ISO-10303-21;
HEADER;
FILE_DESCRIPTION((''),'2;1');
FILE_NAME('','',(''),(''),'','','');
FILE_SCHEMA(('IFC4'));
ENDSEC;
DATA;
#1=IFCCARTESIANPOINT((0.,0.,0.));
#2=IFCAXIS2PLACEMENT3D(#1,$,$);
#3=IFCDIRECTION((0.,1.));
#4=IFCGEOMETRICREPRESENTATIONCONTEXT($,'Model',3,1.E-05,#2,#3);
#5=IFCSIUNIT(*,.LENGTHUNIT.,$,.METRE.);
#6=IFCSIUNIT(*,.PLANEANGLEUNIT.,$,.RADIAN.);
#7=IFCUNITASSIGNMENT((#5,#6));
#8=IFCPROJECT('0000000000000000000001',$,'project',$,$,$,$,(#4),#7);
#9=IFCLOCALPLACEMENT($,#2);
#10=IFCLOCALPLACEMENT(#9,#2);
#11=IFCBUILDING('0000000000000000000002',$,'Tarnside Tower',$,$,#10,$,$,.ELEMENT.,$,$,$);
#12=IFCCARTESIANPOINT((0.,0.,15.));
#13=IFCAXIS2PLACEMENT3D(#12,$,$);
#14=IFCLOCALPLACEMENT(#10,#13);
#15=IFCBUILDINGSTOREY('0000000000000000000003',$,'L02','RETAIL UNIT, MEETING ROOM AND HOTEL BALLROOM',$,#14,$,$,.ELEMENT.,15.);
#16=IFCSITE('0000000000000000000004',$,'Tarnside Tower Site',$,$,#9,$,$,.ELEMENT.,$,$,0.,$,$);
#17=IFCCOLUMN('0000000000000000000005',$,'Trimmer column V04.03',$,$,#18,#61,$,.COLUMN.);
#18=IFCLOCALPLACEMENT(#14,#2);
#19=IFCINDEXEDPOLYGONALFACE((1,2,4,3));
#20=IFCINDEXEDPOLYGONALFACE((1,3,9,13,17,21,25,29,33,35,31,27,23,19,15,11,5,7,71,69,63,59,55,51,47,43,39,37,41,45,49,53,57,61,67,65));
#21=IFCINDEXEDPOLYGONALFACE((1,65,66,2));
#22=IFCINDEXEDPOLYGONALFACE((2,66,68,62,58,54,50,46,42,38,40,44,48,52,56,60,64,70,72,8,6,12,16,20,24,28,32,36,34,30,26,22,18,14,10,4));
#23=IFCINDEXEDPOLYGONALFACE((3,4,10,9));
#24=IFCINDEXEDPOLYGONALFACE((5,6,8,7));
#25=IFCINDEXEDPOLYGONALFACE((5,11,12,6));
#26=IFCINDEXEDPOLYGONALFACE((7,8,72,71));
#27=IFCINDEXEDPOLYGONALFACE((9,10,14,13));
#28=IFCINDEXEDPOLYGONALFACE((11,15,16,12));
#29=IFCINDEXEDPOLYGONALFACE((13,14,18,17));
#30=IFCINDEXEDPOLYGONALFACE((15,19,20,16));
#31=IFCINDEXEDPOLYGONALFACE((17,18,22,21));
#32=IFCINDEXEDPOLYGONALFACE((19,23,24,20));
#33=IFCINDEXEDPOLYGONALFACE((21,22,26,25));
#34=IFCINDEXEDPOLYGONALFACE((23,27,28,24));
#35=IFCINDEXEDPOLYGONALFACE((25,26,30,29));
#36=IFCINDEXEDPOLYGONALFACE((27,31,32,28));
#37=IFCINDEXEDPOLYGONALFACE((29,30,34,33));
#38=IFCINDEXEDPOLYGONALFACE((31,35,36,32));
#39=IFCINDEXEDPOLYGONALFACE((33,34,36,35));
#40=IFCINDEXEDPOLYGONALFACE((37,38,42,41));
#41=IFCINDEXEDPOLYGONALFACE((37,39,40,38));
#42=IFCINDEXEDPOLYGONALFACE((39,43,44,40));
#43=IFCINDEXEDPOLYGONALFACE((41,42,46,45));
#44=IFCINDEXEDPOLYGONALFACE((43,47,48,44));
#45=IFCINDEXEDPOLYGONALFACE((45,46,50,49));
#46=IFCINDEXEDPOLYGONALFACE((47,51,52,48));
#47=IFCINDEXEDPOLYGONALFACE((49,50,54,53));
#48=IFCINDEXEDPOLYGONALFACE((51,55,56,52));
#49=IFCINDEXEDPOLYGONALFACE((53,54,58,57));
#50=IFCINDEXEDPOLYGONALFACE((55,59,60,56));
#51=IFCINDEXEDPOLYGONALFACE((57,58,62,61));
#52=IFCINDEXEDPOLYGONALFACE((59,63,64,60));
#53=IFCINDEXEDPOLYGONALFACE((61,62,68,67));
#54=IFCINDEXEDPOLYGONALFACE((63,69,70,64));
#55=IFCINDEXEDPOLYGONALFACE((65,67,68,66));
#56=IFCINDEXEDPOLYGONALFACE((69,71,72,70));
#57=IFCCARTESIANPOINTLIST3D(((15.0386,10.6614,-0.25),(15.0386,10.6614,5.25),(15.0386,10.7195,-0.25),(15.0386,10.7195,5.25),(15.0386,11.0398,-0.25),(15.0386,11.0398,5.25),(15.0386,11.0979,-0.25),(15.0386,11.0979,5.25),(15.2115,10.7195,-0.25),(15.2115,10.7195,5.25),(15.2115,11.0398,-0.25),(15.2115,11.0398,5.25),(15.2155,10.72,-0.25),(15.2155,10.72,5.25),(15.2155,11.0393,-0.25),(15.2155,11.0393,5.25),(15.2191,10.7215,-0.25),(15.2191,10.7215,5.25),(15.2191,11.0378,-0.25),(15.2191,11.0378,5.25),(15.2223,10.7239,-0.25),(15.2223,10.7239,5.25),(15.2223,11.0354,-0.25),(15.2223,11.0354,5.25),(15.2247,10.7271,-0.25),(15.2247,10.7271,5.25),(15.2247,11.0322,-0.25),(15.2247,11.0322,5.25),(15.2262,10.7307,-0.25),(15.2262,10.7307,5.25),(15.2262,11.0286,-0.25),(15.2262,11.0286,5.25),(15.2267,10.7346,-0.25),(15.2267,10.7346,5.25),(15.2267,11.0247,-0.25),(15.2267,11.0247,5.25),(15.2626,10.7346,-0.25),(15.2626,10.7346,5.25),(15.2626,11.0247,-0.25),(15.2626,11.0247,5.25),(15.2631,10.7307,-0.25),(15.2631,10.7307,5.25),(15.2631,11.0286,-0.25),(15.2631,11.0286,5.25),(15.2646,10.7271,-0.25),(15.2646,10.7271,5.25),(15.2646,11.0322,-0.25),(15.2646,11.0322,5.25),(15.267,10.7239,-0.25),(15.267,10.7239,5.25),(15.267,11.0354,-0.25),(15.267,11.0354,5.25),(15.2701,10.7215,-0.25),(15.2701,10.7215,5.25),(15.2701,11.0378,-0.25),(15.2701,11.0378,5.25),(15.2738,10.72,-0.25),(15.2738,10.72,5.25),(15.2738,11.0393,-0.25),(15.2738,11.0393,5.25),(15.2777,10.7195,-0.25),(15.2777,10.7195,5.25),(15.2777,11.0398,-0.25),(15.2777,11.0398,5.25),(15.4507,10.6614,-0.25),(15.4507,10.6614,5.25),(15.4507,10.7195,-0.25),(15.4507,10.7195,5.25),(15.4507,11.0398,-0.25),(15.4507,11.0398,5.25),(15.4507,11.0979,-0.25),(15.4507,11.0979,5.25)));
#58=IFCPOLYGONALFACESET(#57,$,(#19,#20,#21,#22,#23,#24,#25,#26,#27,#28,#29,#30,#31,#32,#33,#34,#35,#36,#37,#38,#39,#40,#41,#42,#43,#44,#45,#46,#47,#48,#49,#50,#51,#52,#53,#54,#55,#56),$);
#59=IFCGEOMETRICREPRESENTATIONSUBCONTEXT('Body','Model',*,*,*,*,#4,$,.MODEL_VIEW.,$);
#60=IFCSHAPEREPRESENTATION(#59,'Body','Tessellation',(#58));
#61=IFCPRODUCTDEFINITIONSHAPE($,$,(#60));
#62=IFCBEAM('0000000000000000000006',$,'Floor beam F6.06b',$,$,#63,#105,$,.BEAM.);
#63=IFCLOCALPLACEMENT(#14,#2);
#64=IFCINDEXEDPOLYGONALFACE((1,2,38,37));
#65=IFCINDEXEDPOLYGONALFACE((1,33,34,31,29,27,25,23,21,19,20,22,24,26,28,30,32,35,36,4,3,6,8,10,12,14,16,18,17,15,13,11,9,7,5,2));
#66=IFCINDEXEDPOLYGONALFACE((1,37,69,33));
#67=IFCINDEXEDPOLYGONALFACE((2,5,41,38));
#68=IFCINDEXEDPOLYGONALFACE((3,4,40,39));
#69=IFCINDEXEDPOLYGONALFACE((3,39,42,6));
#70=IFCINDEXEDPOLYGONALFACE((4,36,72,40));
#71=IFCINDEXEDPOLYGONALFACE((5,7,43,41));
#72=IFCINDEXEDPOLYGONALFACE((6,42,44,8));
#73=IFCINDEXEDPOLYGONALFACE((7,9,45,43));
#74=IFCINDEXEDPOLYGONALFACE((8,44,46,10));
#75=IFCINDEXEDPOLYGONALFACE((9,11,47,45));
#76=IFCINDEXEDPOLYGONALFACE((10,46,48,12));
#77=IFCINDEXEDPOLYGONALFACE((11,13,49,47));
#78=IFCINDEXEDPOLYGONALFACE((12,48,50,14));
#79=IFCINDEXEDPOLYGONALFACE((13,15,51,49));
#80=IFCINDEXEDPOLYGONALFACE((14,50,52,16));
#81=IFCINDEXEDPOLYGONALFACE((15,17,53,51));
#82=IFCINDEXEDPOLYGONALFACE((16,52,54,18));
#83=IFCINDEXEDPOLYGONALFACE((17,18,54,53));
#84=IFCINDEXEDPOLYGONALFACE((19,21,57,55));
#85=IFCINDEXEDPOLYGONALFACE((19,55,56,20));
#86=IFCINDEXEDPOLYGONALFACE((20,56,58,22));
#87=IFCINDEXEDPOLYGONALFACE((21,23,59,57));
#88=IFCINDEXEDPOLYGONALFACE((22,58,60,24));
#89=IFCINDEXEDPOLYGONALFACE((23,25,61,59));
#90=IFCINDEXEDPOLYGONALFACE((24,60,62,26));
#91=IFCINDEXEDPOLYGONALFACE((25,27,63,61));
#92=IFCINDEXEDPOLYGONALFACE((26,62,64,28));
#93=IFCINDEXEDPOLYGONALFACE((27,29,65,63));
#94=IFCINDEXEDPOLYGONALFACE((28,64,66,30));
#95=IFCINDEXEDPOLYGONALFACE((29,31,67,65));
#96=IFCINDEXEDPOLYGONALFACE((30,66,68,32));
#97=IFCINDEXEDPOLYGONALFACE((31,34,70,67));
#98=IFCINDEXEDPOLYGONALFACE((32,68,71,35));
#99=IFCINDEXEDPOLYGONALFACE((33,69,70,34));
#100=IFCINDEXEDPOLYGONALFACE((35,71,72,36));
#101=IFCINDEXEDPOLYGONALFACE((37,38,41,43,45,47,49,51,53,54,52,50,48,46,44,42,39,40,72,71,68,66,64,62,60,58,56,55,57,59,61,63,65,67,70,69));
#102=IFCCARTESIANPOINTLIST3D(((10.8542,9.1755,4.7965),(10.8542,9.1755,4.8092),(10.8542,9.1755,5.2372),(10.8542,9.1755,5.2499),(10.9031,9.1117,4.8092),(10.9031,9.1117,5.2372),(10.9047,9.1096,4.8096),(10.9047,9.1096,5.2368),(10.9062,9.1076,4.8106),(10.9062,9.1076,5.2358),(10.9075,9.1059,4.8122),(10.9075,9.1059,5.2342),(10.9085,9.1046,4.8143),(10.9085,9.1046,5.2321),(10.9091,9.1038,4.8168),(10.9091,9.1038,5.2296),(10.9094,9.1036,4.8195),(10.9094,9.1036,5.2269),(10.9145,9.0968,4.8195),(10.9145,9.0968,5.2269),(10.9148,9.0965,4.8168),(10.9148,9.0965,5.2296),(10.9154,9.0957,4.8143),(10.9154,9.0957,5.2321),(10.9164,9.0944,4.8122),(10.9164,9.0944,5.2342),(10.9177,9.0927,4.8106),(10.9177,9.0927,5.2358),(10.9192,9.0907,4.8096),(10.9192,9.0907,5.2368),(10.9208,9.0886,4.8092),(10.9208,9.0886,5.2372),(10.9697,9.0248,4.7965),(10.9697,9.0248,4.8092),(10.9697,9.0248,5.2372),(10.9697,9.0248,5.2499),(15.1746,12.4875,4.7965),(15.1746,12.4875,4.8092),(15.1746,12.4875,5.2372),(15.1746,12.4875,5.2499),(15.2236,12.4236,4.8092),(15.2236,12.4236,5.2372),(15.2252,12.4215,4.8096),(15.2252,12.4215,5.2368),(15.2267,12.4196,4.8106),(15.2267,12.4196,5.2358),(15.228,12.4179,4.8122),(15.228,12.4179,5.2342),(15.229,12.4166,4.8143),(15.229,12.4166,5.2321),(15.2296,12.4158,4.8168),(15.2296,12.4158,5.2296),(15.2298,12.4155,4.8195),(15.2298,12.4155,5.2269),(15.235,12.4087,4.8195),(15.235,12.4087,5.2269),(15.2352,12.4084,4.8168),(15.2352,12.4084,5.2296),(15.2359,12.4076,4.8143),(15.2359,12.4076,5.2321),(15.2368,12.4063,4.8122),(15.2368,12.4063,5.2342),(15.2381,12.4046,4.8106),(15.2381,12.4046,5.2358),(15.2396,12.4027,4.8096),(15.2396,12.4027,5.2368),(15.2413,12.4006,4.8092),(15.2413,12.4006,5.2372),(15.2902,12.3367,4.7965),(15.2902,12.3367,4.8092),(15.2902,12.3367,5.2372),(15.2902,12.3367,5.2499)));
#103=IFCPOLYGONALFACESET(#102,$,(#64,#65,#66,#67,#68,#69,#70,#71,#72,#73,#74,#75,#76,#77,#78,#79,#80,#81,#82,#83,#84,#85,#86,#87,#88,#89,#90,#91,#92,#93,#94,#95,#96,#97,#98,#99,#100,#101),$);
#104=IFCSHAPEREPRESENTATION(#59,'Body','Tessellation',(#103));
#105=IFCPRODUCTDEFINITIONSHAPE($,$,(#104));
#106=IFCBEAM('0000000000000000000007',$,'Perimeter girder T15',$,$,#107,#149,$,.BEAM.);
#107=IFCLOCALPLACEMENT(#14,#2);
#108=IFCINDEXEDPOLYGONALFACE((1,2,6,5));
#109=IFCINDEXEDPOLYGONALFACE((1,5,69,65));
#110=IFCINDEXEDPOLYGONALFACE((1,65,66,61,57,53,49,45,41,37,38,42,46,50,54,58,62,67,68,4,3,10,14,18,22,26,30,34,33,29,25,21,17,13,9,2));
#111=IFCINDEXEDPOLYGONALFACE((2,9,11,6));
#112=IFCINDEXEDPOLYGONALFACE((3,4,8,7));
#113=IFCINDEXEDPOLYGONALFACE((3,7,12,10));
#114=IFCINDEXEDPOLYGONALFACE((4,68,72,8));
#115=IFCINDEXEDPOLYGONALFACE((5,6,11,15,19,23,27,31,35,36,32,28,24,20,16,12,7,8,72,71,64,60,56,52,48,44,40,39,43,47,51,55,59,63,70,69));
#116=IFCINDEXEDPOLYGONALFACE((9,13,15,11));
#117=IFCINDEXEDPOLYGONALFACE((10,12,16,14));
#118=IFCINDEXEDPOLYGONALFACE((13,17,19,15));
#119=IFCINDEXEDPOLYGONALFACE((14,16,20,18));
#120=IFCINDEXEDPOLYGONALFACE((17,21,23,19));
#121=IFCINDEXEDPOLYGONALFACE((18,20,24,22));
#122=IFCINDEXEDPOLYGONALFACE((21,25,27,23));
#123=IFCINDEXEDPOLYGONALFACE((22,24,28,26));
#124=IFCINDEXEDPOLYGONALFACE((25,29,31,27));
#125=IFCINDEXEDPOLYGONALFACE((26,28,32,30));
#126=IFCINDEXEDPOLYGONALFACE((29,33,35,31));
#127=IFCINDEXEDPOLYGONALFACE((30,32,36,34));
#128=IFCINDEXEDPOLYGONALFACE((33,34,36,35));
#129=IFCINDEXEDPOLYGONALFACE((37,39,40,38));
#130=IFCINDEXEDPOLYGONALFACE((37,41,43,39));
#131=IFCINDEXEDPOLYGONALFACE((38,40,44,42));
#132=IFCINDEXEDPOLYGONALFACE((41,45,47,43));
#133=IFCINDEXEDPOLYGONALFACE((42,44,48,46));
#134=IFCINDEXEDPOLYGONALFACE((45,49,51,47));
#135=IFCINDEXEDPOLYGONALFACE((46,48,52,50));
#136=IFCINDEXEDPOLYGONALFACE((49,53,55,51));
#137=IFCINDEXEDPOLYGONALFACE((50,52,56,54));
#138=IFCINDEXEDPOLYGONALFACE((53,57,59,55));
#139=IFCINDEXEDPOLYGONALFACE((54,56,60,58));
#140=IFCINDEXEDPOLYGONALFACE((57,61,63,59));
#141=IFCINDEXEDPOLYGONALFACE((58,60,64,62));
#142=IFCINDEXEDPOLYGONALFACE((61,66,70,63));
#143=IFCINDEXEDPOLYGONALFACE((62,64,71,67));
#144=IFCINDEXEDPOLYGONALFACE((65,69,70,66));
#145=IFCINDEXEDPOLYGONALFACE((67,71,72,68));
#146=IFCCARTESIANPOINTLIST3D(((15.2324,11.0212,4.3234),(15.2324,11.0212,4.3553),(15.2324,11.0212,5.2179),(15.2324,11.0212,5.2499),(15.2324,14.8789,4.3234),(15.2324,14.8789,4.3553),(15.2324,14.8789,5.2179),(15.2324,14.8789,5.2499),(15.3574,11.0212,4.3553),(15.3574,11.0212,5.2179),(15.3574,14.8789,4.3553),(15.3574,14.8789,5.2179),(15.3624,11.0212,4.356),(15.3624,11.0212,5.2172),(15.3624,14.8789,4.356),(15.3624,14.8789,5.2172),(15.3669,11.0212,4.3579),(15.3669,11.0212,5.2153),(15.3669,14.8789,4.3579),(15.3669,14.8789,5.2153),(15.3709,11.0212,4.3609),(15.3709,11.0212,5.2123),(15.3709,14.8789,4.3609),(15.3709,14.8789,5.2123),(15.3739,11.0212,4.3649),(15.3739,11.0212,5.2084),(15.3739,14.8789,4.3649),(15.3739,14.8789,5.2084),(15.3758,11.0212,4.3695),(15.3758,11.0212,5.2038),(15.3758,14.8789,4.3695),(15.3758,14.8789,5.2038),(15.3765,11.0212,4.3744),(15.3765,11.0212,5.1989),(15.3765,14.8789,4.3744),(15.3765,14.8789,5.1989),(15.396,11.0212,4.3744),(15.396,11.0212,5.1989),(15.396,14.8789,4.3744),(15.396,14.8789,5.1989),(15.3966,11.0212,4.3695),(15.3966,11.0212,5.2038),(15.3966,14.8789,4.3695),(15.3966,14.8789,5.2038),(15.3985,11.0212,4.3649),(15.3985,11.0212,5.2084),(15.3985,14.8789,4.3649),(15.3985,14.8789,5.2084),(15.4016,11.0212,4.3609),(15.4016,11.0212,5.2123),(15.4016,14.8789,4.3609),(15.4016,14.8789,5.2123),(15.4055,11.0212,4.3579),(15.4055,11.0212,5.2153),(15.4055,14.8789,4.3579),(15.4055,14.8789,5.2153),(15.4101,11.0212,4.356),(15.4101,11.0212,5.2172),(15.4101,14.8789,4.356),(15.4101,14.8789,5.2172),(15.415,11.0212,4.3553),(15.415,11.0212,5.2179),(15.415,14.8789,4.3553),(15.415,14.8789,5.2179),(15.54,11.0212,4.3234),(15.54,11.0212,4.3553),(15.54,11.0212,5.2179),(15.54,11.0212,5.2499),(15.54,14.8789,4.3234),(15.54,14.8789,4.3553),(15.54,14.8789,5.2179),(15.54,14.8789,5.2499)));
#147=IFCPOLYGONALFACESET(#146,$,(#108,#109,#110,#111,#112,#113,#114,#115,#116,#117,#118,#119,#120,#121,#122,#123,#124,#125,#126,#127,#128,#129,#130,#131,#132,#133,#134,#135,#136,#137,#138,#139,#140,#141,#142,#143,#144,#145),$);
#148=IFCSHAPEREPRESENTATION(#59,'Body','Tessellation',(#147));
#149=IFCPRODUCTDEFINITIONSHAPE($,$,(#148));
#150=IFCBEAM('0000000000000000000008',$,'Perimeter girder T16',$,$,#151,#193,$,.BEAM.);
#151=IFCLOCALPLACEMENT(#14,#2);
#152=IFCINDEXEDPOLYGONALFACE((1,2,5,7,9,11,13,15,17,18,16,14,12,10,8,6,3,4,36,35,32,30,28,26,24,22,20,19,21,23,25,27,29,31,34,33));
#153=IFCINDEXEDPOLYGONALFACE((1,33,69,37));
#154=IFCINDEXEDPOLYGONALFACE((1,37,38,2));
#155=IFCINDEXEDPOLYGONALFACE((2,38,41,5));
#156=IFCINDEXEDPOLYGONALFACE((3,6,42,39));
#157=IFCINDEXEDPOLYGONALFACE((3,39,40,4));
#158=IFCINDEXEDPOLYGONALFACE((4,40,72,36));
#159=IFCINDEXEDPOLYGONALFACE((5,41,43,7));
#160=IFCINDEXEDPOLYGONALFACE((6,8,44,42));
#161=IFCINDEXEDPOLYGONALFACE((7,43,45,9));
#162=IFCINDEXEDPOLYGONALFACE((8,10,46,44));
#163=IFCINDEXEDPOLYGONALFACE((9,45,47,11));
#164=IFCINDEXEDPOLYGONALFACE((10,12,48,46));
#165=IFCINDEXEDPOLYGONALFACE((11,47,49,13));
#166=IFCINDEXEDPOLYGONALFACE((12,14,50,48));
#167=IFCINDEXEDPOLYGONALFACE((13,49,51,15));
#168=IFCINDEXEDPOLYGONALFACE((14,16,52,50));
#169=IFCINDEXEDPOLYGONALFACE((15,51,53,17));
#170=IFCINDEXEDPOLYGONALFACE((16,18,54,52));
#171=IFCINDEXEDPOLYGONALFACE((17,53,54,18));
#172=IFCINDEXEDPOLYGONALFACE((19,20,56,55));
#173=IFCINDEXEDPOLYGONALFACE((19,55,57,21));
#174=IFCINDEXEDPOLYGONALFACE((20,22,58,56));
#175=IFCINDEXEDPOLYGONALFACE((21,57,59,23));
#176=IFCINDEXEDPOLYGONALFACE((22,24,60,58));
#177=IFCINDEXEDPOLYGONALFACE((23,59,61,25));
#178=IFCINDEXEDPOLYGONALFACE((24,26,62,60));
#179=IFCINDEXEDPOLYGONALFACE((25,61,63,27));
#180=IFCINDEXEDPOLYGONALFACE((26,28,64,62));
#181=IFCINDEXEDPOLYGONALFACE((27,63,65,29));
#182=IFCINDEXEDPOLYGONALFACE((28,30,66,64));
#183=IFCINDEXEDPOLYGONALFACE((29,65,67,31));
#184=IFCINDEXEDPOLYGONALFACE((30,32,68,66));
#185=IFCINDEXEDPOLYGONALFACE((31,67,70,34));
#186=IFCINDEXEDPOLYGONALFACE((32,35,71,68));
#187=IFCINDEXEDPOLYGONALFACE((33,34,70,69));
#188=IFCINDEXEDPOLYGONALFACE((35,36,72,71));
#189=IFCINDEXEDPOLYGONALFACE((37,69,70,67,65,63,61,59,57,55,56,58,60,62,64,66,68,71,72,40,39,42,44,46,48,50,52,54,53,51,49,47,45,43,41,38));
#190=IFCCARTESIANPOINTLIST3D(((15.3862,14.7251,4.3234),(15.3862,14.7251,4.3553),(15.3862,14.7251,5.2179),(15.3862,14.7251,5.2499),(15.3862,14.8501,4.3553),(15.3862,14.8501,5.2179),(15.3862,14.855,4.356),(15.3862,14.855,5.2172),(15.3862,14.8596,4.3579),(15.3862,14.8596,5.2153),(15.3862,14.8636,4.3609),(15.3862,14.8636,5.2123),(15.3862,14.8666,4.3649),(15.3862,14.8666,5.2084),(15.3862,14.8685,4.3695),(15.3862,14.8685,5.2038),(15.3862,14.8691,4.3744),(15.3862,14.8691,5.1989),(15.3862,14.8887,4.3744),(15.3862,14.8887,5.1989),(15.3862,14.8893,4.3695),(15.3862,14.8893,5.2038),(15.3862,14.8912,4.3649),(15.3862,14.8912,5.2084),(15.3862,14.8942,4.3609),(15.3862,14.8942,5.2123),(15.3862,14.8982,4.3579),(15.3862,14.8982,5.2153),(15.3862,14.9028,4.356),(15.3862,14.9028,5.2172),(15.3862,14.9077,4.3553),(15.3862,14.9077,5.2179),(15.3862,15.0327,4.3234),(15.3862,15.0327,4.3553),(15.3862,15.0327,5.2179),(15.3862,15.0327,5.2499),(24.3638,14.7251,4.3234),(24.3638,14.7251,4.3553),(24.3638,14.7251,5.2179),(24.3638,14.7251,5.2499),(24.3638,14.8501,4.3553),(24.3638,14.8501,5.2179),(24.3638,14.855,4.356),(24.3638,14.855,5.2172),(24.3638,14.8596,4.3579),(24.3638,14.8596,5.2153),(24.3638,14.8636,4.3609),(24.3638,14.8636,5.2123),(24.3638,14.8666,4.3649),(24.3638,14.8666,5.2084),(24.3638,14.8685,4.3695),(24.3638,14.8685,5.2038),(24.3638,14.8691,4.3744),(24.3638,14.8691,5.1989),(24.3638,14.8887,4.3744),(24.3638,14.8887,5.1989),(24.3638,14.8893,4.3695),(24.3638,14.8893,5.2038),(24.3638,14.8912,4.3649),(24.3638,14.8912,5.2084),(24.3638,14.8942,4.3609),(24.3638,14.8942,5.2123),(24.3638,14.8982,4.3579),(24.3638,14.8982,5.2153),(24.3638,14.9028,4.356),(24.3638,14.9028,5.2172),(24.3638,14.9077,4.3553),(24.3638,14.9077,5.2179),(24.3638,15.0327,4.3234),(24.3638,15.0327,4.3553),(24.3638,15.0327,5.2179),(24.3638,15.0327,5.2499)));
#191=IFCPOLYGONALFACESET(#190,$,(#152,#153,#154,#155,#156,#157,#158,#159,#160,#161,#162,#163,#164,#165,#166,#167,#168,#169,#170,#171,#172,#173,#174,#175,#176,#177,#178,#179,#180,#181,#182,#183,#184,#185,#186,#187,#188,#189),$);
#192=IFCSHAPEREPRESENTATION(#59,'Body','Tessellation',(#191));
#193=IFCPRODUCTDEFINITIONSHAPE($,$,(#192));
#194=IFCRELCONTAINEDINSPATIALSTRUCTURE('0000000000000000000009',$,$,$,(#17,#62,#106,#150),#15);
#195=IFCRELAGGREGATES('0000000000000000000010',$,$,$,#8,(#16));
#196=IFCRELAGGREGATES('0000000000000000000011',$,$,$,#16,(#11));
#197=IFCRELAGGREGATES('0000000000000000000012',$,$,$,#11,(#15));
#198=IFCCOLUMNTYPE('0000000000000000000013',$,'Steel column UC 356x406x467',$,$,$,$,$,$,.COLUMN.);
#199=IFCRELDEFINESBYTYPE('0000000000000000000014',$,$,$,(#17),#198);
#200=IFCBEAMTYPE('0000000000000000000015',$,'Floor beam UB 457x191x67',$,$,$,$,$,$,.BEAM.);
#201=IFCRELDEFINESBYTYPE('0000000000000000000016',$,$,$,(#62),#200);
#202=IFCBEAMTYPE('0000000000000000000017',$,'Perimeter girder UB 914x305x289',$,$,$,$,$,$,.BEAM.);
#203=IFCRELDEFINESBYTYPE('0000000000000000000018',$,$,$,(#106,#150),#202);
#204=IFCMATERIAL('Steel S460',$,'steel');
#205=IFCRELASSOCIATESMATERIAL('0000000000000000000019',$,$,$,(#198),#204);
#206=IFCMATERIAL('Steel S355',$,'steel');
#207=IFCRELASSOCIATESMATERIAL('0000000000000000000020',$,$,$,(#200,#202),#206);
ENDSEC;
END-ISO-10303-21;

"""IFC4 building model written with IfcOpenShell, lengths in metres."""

from ifc_helpers import new_model, si_unit, direction, frame, origin, origin_2d, place, context, subcontext, project, spatial, i_section, extrude, material, material_profile, profile_set, type_object, element, save


model = new_model("IFC4")

# Units and contexts
model_context = context("Model", 3, precision=1e-05, world=origin(), true_north=direction((0.0, 1.0)))
body_context = subcontext(model_context, "Body", "Model", "MODEL_VIEW")
ifc_project = project(units=[si_unit("LENGTHUNIT", "METRE"), si_unit("PLANEANGLEUNIT", "RADIAN")], contexts=[model_context])

# Site, building, storey
site_placement = place(None, origin())
site = spatial("IfcSite", under=ifc_project, at=site_placement, Name="Tarnside Tower Site", CompositionType="ELEMENT", RefElevation=0.0)
building_placement = place(site_placement, origin())
building = spatial("IfcBuilding", under=site, at=building_placement, Name="Tarnside Tower", CompositionType="ELEMENT")
storey_placement = place(building_placement, frame((0.0, 0.0, 15.0)))
storey = spatial("IfcBuildingStorey", under=building, at=storey_placement, Name="L02", Description="RETAIL UNIT, MEETING ROOM AND HOTEL BALLROOM", CompositionType="ELEMENT", Elevation=15.0)

# Column
ifc_material_1 = material(Name="Steel S460", Category="steel")
ifc_material_profile_1 = material_profile(ifc_material_1, i_section(OverallWidth=0.4121, OverallDepth=0.4365, WebThickness=0.0359, FlangeThickness=0.0581, FilletRadius=0.0151, at=origin_2d()), Name="UC 356x406x467")
ifc_profile_set_1 = profile_set([ifc_material_profile_1], Name="Steel S460")
column_type = type_object("IfcColumnType", Name="Steel column UC 356x406x467", PredefinedType="COLUMN", material=ifc_profile_set_1)
column_placement = place(storey_placement, frame((15.2446, 10.8796, -0.25), z_axis=(0.0, 0.0, 1.0), x_axis=(1.0, 0.0, 0.0)))
element("IfcColumn", 1, at=column_placement, inside=storey, type_object=column_type, Name="Trimmer column V04.03", PredefinedType="COLUMN", context=body_context, shape_type="SweptSolid", body=[
    extrude(i_section(OverallWidth=0.4121, OverallDepth=0.4365, WebThickness=0.0359, FlangeThickness=0.0581, FilletRadius=0.0151, at=origin_2d()), origin(), (0.0, 0.0, 1.0), 5.5),
])

# Beams
ifc_material_2 = material(Name="Steel S355", Category="steel")
ifc_material_profile_2 = material_profile(ifc_material_2, i_section(OverallWidth=0.1899, OverallDepth=0.4534, WebThickness=0.0085, FlangeThickness=0.0127, FilletRadius=0.0103, at=origin_2d()), Name="UB 457x191x67")
ifc_profile_set_2 = profile_set([ifc_material_profile_2], Name="Steel S355")
beam_type_1 = type_object("IfcBeamType", Name="Floor beam UB 457x191x67", PredefinedType="BEAM", material=ifc_profile_set_2)
beam_1_placement = place(storey_placement, frame((15.2324, 12.4121, 5.0232), z_axis=(-0.793643, -0.608384, 0.0), x_axis=(0.608384, -0.793643, 0.0)))
element("IfcBeam", 2, at=beam_1_placement, inside=storey, type_object=beam_type_1, Name="Floor beam F6.06b", PredefinedType="BEAM", context=body_context, shape_type="SweptSolid", body=[
    extrude(i_section(OverallWidth=0.1899, OverallDepth=0.4534, WebThickness=0.0085, FlangeThickness=0.0127, FilletRadius=0.0103, at=origin_2d()), origin(), (0.0, 0.0, 1.0), 5.4438),
])
ifc_material_profile_3 = material_profile(ifc_material_2, i_section(OverallWidth=0.3076, OverallDepth=0.9265, WebThickness=0.0195, FlangeThickness=0.032, FilletRadius=0.019, at=origin_2d()), Name="UB 914x305x289")
ifc_profile_set_3 = profile_set([ifc_material_profile_3], Name="Steel S355")
beam_type_2 = type_object("IfcBeamType", Name="Perimeter girder UB 914x305x289", PredefinedType="BEAM", material=ifc_profile_set_3)
beam_2_placement = place(storey_placement, frame((15.3862, 11.0212, 4.7866), z_axis=(0.0, 1.0, 0.0), x_axis=(-1.0, 0.0, 0.0)))
element("IfcBeam", 3, at=beam_2_placement, inside=storey, type_object=beam_type_2, Name="Perimeter girder T15", PredefinedType="BEAM", context=body_context, shape_type="SweptSolid", body=[
    extrude(i_section(OverallWidth=0.3076, OverallDepth=0.9265, WebThickness=0.0195, FlangeThickness=0.032, FilletRadius=0.019, at=origin_2d()), origin(), (0.0, 0.0, 1.0), 3.8577),
])
beam_3_placement = place(storey_placement, frame((15.3862, 14.8789, 4.7866), z_axis=(1.0, 0.0, 0.0), x_axis=(0.0, 1.0, 0.0)))
element("IfcBeam", 4, at=beam_3_placement, inside=storey, type_object=beam_type_2, Name="Perimeter girder T16", PredefinedType="BEAM", context=body_context, shape_type="SweptSolid", body=[
    extrude(i_section(OverallWidth=0.3076, OverallDepth=0.9265, WebThickness=0.0195, FlangeThickness=0.032, FilletRadius=0.019, at=origin_2d()), origin(), (0.0, 0.0, 1.0), 8.9775),
])

save(model, "model.ifc")
